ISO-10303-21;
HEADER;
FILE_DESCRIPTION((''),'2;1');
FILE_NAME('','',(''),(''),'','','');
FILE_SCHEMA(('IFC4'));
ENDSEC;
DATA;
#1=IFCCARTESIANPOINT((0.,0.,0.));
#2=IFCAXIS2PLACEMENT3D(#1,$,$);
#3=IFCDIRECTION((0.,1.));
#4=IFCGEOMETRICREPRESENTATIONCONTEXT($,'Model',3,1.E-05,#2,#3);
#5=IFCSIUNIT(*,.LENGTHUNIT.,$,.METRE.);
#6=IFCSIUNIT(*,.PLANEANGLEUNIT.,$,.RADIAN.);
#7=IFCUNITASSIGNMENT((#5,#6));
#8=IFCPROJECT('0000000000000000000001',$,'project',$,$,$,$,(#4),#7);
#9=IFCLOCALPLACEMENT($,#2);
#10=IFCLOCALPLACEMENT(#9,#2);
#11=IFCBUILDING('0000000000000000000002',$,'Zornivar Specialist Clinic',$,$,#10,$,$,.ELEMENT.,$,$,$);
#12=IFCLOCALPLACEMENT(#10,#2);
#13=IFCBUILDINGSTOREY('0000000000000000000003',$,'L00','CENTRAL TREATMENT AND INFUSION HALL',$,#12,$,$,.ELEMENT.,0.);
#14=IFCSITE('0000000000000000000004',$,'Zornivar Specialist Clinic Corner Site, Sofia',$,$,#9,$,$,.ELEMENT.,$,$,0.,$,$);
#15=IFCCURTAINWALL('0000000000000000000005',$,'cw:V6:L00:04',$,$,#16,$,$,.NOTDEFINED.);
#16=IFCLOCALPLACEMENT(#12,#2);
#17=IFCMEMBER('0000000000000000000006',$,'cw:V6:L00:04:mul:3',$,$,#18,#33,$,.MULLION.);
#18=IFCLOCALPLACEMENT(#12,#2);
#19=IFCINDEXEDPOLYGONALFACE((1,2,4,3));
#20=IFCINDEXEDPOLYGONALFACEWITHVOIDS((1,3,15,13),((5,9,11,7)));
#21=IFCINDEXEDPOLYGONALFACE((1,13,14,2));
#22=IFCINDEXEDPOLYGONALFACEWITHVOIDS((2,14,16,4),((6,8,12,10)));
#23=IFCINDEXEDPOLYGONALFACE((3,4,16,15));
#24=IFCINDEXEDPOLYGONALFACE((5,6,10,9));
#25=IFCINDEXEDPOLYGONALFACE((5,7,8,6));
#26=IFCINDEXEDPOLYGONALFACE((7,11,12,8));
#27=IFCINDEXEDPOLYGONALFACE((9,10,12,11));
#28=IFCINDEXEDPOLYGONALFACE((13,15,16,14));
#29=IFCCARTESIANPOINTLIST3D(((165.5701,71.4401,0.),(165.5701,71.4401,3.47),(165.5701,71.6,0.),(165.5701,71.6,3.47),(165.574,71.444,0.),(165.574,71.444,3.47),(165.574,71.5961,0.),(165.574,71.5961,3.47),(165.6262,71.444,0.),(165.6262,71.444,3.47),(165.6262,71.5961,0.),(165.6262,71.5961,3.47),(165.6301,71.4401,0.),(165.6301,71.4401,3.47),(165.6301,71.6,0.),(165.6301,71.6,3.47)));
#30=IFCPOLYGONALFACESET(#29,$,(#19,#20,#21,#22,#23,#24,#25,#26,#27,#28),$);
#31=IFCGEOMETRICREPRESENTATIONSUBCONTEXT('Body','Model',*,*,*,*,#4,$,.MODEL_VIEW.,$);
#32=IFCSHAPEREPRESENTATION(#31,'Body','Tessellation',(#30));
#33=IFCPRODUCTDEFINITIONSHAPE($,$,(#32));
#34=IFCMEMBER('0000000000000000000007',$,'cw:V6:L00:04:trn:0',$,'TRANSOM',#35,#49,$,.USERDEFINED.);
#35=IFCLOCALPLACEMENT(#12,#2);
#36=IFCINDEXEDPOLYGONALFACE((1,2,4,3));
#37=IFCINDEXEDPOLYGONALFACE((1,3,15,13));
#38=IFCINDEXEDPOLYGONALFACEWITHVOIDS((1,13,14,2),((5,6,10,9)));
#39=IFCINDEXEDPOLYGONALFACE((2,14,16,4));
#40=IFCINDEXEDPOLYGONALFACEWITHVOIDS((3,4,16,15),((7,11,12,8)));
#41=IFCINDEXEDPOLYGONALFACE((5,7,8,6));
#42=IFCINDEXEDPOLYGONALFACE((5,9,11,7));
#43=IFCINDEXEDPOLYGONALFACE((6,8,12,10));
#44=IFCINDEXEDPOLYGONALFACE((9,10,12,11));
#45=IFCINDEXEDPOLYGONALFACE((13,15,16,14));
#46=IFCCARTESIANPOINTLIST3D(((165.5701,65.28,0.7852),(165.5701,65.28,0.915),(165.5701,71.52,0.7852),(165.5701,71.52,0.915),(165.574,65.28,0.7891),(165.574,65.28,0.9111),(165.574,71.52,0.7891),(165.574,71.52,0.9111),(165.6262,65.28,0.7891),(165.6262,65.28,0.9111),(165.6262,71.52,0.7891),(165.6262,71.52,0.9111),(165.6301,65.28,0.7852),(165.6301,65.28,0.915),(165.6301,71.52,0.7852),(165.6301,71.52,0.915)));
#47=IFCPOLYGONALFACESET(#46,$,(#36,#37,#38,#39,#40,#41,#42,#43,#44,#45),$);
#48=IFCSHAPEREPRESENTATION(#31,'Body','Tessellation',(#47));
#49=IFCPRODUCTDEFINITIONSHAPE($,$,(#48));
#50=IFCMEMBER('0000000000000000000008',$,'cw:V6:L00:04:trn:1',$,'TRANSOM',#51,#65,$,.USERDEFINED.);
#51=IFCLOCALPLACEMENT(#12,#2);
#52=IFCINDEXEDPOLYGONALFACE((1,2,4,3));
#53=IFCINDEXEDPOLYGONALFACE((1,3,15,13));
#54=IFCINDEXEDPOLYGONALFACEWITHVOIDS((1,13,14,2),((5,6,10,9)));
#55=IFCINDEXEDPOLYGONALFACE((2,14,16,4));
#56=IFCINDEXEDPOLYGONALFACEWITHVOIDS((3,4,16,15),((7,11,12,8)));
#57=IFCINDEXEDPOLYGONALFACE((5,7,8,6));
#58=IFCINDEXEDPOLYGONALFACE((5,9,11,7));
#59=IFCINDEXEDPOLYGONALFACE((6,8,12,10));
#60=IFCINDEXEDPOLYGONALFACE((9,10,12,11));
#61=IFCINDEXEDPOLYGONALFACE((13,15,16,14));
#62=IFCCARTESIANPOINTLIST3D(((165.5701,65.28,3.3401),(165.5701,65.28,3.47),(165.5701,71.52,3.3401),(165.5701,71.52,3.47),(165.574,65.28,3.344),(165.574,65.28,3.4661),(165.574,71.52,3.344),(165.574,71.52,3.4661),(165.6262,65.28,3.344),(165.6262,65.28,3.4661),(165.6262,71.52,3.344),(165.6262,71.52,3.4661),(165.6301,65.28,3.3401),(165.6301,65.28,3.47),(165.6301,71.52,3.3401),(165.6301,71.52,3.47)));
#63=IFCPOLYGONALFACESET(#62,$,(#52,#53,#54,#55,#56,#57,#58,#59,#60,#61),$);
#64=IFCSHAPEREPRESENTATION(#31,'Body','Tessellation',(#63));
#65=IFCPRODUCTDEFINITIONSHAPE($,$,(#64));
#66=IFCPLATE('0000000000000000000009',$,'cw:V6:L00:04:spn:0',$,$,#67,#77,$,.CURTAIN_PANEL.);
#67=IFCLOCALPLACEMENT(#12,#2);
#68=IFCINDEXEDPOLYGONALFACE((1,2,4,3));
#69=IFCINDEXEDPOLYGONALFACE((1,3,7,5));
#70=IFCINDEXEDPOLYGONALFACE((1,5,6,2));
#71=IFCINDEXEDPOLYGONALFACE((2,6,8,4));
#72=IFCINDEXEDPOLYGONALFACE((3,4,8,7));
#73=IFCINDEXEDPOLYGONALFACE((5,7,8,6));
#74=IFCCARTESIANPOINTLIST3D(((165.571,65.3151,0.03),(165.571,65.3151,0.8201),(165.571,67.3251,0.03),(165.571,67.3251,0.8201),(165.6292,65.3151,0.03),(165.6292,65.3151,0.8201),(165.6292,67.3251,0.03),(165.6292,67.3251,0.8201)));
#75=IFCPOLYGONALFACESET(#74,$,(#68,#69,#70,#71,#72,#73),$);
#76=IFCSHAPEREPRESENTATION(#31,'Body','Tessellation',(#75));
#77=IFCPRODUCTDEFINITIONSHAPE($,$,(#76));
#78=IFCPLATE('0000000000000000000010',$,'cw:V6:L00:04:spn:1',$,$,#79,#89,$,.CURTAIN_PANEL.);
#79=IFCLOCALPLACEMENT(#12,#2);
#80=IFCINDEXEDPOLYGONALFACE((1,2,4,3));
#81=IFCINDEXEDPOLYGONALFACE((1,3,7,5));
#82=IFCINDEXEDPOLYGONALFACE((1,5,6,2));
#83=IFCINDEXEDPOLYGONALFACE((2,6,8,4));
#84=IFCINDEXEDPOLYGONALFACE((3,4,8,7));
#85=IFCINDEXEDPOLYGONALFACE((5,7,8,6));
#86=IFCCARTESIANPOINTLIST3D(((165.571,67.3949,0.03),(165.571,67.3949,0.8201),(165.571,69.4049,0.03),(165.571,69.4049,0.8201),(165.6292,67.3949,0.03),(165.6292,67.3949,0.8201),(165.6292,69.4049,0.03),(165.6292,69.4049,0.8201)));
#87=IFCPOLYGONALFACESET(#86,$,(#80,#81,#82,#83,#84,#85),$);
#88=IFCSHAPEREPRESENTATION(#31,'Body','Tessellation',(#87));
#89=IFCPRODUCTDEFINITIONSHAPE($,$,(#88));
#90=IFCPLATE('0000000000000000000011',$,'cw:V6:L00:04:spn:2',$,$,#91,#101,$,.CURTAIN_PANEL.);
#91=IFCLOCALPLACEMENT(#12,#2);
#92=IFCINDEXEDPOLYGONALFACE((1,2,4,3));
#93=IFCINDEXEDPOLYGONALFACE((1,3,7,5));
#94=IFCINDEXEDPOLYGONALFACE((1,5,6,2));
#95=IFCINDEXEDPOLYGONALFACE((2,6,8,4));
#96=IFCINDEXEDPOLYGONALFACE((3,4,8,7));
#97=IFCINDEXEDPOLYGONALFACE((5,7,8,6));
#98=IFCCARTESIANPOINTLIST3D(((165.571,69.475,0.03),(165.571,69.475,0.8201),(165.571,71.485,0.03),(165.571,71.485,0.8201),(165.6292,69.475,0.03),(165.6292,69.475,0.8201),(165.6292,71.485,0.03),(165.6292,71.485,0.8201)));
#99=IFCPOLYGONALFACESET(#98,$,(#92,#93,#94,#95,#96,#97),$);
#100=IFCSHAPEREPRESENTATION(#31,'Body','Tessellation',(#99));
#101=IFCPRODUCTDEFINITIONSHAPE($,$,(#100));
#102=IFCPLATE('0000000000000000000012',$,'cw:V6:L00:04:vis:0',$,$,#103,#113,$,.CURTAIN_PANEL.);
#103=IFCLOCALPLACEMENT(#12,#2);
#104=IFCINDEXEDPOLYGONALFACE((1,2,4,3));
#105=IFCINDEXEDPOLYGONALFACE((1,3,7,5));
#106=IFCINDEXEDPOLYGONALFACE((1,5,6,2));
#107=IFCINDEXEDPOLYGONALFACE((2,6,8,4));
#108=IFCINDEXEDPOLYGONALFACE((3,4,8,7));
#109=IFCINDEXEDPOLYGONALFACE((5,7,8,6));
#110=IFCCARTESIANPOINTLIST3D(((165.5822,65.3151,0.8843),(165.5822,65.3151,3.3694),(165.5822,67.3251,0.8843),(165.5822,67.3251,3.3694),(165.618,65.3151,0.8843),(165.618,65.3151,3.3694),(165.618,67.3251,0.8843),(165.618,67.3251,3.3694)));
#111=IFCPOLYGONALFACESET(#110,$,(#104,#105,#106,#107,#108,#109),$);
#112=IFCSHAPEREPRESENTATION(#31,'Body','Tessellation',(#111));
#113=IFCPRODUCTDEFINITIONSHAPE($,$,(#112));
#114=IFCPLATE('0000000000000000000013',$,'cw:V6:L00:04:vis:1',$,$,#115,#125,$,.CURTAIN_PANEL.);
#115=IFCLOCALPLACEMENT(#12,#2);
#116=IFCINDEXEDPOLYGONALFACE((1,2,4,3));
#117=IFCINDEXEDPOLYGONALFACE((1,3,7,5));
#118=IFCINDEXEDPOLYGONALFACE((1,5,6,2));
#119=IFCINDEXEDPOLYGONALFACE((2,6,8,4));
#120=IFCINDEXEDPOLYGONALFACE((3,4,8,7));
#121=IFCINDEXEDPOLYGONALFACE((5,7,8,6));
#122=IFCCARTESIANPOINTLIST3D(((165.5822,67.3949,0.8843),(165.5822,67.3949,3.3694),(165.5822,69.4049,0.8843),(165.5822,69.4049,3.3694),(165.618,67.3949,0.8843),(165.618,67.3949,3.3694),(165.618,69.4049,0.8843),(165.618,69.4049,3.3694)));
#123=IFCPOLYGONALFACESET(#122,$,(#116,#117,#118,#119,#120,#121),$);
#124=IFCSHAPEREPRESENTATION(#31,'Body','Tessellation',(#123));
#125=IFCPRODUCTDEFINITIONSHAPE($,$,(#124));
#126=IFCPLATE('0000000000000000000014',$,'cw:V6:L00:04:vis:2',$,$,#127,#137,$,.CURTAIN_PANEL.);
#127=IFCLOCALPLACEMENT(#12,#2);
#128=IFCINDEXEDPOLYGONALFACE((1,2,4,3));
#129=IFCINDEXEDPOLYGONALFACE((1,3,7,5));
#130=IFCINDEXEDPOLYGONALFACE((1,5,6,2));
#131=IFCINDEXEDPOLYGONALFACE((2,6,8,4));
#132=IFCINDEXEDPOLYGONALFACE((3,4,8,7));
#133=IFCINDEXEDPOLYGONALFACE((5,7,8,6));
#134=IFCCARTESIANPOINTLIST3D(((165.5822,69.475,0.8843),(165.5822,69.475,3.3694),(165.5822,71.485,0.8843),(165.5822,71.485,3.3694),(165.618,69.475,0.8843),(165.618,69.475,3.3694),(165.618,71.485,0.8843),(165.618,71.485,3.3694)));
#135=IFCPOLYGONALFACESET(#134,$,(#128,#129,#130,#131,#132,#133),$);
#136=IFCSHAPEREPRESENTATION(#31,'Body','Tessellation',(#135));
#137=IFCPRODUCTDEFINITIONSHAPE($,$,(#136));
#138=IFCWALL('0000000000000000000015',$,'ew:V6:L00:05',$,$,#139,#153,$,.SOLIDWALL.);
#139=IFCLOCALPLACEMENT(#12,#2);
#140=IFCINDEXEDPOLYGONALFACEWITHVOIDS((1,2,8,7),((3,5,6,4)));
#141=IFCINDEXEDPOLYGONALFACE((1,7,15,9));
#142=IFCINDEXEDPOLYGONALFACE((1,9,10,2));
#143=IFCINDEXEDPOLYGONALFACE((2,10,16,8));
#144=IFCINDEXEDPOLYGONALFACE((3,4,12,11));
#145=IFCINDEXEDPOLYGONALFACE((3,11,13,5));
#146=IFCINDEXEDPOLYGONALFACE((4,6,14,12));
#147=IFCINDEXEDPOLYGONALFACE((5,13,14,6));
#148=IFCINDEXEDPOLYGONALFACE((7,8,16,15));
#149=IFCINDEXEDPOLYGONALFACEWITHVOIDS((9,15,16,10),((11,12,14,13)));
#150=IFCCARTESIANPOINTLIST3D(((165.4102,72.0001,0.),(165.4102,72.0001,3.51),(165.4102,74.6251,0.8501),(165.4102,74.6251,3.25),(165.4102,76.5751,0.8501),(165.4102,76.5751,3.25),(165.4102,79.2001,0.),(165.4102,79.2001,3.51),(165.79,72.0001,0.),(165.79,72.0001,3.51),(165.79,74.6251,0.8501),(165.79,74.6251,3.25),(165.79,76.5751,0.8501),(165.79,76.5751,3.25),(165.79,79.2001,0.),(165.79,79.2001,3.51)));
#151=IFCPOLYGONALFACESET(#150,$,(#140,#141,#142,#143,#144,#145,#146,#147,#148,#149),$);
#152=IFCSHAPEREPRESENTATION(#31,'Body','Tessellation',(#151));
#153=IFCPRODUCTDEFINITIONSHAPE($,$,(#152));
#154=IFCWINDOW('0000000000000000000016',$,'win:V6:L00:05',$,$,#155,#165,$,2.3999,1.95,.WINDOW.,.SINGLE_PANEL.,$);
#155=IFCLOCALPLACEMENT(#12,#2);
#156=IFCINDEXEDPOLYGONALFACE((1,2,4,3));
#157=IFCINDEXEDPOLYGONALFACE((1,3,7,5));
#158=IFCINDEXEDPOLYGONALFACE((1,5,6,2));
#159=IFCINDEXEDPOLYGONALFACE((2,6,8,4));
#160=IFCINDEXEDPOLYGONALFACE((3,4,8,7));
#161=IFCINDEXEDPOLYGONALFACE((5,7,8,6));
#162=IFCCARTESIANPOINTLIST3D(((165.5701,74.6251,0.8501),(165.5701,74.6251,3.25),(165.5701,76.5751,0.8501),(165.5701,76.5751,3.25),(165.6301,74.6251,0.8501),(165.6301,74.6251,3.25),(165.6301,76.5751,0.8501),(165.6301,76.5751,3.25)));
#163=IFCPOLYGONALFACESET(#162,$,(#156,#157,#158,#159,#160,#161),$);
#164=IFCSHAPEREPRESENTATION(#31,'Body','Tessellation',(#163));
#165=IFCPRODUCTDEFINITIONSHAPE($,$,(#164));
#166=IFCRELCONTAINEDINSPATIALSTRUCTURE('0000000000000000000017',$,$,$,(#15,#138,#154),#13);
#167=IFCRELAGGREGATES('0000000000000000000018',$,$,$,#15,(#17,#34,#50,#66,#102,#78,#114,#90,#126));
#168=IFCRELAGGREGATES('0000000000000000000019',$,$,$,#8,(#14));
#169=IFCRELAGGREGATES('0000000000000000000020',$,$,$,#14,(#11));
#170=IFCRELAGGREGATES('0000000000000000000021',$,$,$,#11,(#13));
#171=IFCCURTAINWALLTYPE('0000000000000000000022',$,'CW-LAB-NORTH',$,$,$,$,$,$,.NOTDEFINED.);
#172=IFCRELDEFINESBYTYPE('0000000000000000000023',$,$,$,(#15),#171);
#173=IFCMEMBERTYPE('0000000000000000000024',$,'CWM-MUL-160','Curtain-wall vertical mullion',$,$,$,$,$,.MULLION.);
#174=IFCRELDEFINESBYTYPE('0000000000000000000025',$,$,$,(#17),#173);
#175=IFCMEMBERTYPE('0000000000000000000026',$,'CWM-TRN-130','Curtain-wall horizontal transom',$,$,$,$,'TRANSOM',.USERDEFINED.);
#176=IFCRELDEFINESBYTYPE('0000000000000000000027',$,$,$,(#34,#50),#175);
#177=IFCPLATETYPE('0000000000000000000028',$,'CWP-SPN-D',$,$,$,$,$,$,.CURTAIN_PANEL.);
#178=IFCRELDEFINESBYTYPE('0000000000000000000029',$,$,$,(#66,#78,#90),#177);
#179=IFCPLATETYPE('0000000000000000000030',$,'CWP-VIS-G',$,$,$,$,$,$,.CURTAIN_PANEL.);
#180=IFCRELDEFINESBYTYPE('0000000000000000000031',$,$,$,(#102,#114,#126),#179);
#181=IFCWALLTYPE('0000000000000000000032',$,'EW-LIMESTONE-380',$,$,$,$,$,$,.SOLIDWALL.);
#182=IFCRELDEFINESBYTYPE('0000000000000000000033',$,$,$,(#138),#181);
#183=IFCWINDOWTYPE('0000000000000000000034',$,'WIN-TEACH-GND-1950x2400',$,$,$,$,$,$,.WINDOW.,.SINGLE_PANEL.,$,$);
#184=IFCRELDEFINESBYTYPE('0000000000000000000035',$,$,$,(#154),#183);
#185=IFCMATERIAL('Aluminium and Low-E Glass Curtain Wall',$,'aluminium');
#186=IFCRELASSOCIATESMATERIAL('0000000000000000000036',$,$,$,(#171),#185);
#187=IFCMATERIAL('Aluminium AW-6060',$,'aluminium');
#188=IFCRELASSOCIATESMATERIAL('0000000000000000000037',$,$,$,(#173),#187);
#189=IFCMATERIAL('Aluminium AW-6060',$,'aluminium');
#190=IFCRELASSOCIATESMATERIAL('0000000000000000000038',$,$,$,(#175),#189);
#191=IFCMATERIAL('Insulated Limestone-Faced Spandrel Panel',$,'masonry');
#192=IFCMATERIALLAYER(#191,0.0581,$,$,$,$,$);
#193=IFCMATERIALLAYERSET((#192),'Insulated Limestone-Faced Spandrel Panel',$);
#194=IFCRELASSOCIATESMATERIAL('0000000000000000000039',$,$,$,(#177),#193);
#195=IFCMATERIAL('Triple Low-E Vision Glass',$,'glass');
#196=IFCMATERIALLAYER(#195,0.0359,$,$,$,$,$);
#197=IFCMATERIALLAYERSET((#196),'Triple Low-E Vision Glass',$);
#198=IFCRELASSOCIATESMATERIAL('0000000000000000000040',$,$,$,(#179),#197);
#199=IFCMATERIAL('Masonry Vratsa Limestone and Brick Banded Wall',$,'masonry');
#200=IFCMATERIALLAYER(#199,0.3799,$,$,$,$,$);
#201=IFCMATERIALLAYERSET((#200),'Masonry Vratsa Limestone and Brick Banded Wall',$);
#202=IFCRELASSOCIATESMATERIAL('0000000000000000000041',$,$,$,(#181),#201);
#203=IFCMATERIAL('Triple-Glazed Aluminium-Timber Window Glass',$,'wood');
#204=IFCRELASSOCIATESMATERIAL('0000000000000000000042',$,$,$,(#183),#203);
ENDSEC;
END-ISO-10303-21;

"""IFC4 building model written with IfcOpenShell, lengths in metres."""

from ifc_helpers import new_model, si_unit, direction, frame, frame_2d, origin, origin_2d, place, context, subcontext, project, spatial, rectangle, hollow_rectangle, extrude, material, layer, layer_set, material_profile, profile_set, type_object, element, fill, aggregate, save


model = new_model("IFC4")

# Units and contexts
model_context = context("Model", 3, precision=1e-05, world=origin(), true_north=direction((0.0, 1.0)))
body_context = subcontext(model_context, "Body", "Model", "MODEL_VIEW")
ifc_project = project(units=[si_unit("LENGTHUNIT", "METRE"), si_unit("PLANEANGLEUNIT", "RADIAN")], contexts=[model_context])

# Site, building, storey
site_placement = place(None, origin())
site = spatial("IfcSite", under=ifc_project, at=site_placement, Name="Zornivar Specialist Clinic Corner Site, Sofia", CompositionType="ELEMENT", RefElevation=0.0)
building_placement = place(site_placement, origin())
building = spatial("IfcBuilding", under=site, at=building_placement, Name="Zornivar Specialist Clinic", CompositionType="ELEMENT")
storey_placement = place(building_placement, origin())
storey = spatial("IfcBuildingStorey", under=building, at=storey_placement, Name="L00", Description="CENTRAL TREATMENT AND INFUSION HALL", CompositionType="ELEMENT", Elevation=0.0)

# Curtain wall, members, plates
ifc_material_1 = material(Name="Aluminium and Low-E Glass Curtain Wall", Category="aluminium")
curtain_wall_type = type_object("IfcCurtainWallType", Name="CW-LAB-NORTH", PredefinedType="NOTDEFINED", material=ifc_material_1)
curtain_wall_placement = place(storey_placement, origin())
curtain_wall = element("IfcCurtainWall", 1, at=curtain_wall_placement, inside=storey, type_object=curtain_wall_type, Name="cw:V6:L00:04", PredefinedType="NOTDEFINED")
ifc_material_2 = material(Name="Aluminium AW-6060", Category="aluminium")
ifc_material_profile_1 = material_profile(ifc_material_2, hollow_rectangle(XDim=0.0601, YDim=0.1599, WallThickness=0.0039, at=origin_2d()), Name="ALU 60x160x4")
ifc_profile_set_1 = profile_set([ifc_material_profile_1], Name="Aluminium AW-6060")
member_type_1 = type_object("IfcMemberType", Name="CWM-MUL-160", Description="Curtain-wall vertical mullion", PredefinedType="MULLION", material=ifc_profile_set_1)
member_1_placement = place(storey_placement, frame((165.6001, 71.52, 0.0), z_axis=(0.0, 0.0, 1.0), x_axis=(1.0, 0.0, 0.0)))
member_1 = element("IfcMember", 2, at=member_1_placement, type_object=member_type_1, Name="cw:V6:L00:04:mul:3", PredefinedType="MULLION", context=body_context, shape_type="SweptSolid", body=[
    extrude(hollow_rectangle(XDim=0.0601, YDim=0.1599, WallThickness=0.0039, at=origin_2d()), origin(), (0.0, 0.0, 1.0), 3.47),
])
ifc_material_3 = material(Name="Aluminium AW-6060", Category="aluminium")
ifc_material_profile_2 = material_profile(ifc_material_3, hollow_rectangle(XDim=0.0601, YDim=0.1299, WallThickness=0.0039, at=origin_2d()), Name="ALU 60x130x4")
ifc_profile_set_2 = profile_set([ifc_material_profile_2], Name="Aluminium AW-6060")
member_type_2 = type_object("IfcMemberType", Name="CWM-TRN-130", Description="Curtain-wall horizontal transom", ElementType="TRANSOM", PredefinedType="USERDEFINED", material=ifc_profile_set_2)
member_2_placement = place(storey_placement, frame((165.6001, 65.28, 0.8501), z_axis=(0.0, 1.0, 0.0), x_axis=(-1.0, 0.0, 0.0)))
member_2 = element("IfcMember", 3, at=member_2_placement, type_object=member_type_2, Name="cw:V6:L00:04:trn:0", ObjectType="TRANSOM", PredefinedType="USERDEFINED", context=body_context, shape_type="SweptSolid", body=[
    extrude(hollow_rectangle(XDim=0.0601, YDim=0.1299, WallThickness=0.0039, at=origin_2d()), origin(), (0.0, 0.0, 1.0), 6.24),
])
member_3_placement = place(storey_placement, frame((165.6001, 65.28, 3.405), z_axis=(0.0, 1.0, 0.0), x_axis=(-1.0, 0.0, 0.0)))
member_3 = element("IfcMember", 4, at=member_3_placement, type_object=member_type_2, Name="cw:V6:L00:04:trn:1", ObjectType="TRANSOM", PredefinedType="USERDEFINED", context=body_context, shape_type="SweptSolid", body=[
    extrude(hollow_rectangle(XDim=0.0601, YDim=0.1299, WallThickness=0.0039, at=origin_2d()), origin(), (0.0, 0.0, 1.0), 6.24),
])
ifc_material_4 = material(Name="Insulated Limestone-Faced Spandrel Panel", Category="masonry")
ifc_layer_1 = layer(ifc_material_4, 0.0581)
ifc_layer_set_1 = layer_set([ifc_layer_1], Name="Insulated Limestone-Faced Spandrel Panel")
plate_type_1 = type_object("IfcPlateType", Name="CWP-SPN-D", PredefinedType="CURTAIN_PANEL", material=ifc_layer_set_1)
plate_1_placement = place(storey_placement, frame((165.6001, 66.3201, 0.03), z_axis=(0.0, 0.0, 1.0), x_axis=(0.0, 1.0, 0.0)))
plate_1 = element("IfcPlate", 5, at=plate_1_placement, type_object=plate_type_1, Name="cw:V6:L00:04:spn:0", PredefinedType="CURTAIN_PANEL", context=body_context, shape_type="SweptSolid", body=[
    extrude(rectangle(XDim=2.01, YDim=0.0581, at=origin_2d()), origin(), (0.0, 0.0, 1.0), 0.79),
])
plate_2_placement = place(storey_placement, frame((165.6001, 68.3999, 0.03), z_axis=(0.0, 0.0, 1.0), x_axis=(0.0, 1.0, 0.0)))
plate_2 = element("IfcPlate", 6, at=plate_2_placement, type_object=plate_type_1, Name="cw:V6:L00:04:spn:1", PredefinedType="CURTAIN_PANEL", context=body_context, shape_type="SweptSolid", body=[
    extrude(rectangle(XDim=2.01, YDim=0.0581, at=origin_2d()), origin(), (0.0, 0.0, 1.0), 0.79),
])
plate_3_placement = place(storey_placement, frame((165.6001, 70.48, 0.03), z_axis=(0.0, 0.0, 1.0), x_axis=(0.0, 1.0, 0.0)))
plate_3 = element("IfcPlate", 7, at=plate_3_placement, type_object=plate_type_1, Name="cw:V6:L00:04:spn:2", PredefinedType="CURTAIN_PANEL", context=body_context, shape_type="SweptSolid", body=[
    extrude(rectangle(XDim=2.01, YDim=0.0581, at=origin_2d()), origin(), (0.0, 0.0, 1.0), 0.79),
])
ifc_material_5 = material(Name="Triple Low-E Vision Glass", Category="glass")
ifc_layer_2 = layer(ifc_material_5, 0.0359)
ifc_layer_set_2 = layer_set([ifc_layer_2], Name="Triple Low-E Vision Glass")
plate_type_2 = type_object("IfcPlateType", Name="CWP-VIS-G", PredefinedType="CURTAIN_PANEL", material=ifc_layer_set_2)
plate_4_placement = place(storey_placement, frame((165.6001, 66.3201, 0.8843), z_axis=(0.0, 0.0, 1.0), x_axis=(0.0, 1.0, 0.0)))
plate_4 = element("IfcPlate", 8, at=plate_4_placement, type_object=plate_type_2, Name="cw:V6:L00:04:vis:0", PredefinedType="CURTAIN_PANEL", context=body_context, shape_type="SweptSolid", body=[
    extrude(rectangle(XDim=2.01, YDim=0.0359, at=origin_2d()), origin(), (0.0, 0.0, 1.0), 2.4851),
])
plate_5_placement = place(storey_placement, frame((165.6001, 68.3999, 0.8843), z_axis=(0.0, 0.0, 1.0), x_axis=(0.0, 1.0, 0.0)))
plate_5 = element("IfcPlate", 9, at=plate_5_placement, type_object=plate_type_2, Name="cw:V6:L00:04:vis:1", PredefinedType="CURTAIN_PANEL", context=body_context, shape_type="SweptSolid", body=[
    extrude(rectangle(XDim=2.01, YDim=0.0359, at=origin_2d()), origin(), (0.0, 0.0, 1.0), 2.4851),
])
plate_6_placement = place(storey_placement, frame((165.6001, 70.48, 0.8843), z_axis=(0.0, 0.0, 1.0), x_axis=(0.0, 1.0, 0.0)))
plate_6 = element("IfcPlate", 10, at=plate_6_placement, type_object=plate_type_2, Name="cw:V6:L00:04:vis:2", PredefinedType="CURTAIN_PANEL", context=body_context, shape_type="SweptSolid", body=[
    extrude(rectangle(XDim=2.01, YDim=0.0359, at=origin_2d()), origin(), (0.0, 0.0, 1.0), 2.4851),
])
aggregate(curtain_wall, [member_1, member_2, member_3, plate_1, plate_4, plate_2, plate_5, plate_3, plate_6])

# Wall, opening, window
ifc_material_6 = material(Name="Masonry Vratsa Limestone and Brick Banded Wall", Category="masonry")
ifc_layer_3 = layer(ifc_material_6, 0.3799)
ifc_layer_set_3 = layer_set([ifc_layer_3], Name="Masonry Vratsa Limestone and Brick Banded Wall")
wall_type = type_object("IfcWallType", Name="EW-LIMESTONE-380", PredefinedType="SOLIDWALL", material=ifc_layer_set_3)
wall_placement = place(storey_placement, frame((165.6001, 72.0, 0.0), z_axis=(0.0, 0.0, 1.0), x_axis=(0.0, 1.0, 0.0)))
wall = element("IfcWall", 11, at=wall_placement, inside=storey, type_object=wall_type, Name="ew:V6:L00:05", PredefinedType="SOLIDWALL", context=body_context, shape_type="SweptSolid", body=[
    extrude(rectangle(XDim=7.2, YDim=0.3799, at=frame_2d((3.6001, 0.0))), origin(), (0.0, 0.0, 1.0), 3.51),
])
opening_placement = place(wall_placement, frame((2.625, 0.0, 0.8501)))
opening = element("IfcOpeningElement", 12, at=opening_placement, cuts=wall, PredefinedType="OPENING", context=body_context, shape_type="SweptSolid", body=[
    extrude(rectangle(XDim=1.95, YDim=2.3999, at=frame_2d((0.9751, 1.2))), frame((0.0, 0.2, 0.0), z_axis=(0.0, -1.0, 0.0), x_axis=(1.0, 0.0, 0.0)), (0.0, 0.0, 1.0), 0.3999),
])
ifc_material_7 = material(Name="Triple-Glazed Aluminium-Timber Window Glass", Category="wood")
window_type = type_object("IfcWindowType", Name="WIN-TEACH-GND-1950x2400", PartitioningType="SINGLE_PANEL", PredefinedType="WINDOW", material=ifc_material_7)
window_placement = place(opening_placement, origin())
window = element("IfcWindow", 13, at=window_placement, inside=storey, type_object=window_type, Name="win:V6:L00:05", OverallHeight=2.3999, OverallWidth=1.95, PartitioningType="SINGLE_PANEL", PredefinedType="WINDOW", context=body_context, shape_type="SweptSolid", body=[
    extrude(rectangle(XDim=1.95, YDim=2.3999, at=frame_2d((0.9751, 1.2))), frame((0.0, 0.03, 0.0), z_axis=(0.0, -1.0, 0.0), x_axis=(1.0, 0.0, 0.0)), (0.0, 0.0, 1.0), 0.0601),
])
fill(opening, window)

save(model, "model.ifc")
